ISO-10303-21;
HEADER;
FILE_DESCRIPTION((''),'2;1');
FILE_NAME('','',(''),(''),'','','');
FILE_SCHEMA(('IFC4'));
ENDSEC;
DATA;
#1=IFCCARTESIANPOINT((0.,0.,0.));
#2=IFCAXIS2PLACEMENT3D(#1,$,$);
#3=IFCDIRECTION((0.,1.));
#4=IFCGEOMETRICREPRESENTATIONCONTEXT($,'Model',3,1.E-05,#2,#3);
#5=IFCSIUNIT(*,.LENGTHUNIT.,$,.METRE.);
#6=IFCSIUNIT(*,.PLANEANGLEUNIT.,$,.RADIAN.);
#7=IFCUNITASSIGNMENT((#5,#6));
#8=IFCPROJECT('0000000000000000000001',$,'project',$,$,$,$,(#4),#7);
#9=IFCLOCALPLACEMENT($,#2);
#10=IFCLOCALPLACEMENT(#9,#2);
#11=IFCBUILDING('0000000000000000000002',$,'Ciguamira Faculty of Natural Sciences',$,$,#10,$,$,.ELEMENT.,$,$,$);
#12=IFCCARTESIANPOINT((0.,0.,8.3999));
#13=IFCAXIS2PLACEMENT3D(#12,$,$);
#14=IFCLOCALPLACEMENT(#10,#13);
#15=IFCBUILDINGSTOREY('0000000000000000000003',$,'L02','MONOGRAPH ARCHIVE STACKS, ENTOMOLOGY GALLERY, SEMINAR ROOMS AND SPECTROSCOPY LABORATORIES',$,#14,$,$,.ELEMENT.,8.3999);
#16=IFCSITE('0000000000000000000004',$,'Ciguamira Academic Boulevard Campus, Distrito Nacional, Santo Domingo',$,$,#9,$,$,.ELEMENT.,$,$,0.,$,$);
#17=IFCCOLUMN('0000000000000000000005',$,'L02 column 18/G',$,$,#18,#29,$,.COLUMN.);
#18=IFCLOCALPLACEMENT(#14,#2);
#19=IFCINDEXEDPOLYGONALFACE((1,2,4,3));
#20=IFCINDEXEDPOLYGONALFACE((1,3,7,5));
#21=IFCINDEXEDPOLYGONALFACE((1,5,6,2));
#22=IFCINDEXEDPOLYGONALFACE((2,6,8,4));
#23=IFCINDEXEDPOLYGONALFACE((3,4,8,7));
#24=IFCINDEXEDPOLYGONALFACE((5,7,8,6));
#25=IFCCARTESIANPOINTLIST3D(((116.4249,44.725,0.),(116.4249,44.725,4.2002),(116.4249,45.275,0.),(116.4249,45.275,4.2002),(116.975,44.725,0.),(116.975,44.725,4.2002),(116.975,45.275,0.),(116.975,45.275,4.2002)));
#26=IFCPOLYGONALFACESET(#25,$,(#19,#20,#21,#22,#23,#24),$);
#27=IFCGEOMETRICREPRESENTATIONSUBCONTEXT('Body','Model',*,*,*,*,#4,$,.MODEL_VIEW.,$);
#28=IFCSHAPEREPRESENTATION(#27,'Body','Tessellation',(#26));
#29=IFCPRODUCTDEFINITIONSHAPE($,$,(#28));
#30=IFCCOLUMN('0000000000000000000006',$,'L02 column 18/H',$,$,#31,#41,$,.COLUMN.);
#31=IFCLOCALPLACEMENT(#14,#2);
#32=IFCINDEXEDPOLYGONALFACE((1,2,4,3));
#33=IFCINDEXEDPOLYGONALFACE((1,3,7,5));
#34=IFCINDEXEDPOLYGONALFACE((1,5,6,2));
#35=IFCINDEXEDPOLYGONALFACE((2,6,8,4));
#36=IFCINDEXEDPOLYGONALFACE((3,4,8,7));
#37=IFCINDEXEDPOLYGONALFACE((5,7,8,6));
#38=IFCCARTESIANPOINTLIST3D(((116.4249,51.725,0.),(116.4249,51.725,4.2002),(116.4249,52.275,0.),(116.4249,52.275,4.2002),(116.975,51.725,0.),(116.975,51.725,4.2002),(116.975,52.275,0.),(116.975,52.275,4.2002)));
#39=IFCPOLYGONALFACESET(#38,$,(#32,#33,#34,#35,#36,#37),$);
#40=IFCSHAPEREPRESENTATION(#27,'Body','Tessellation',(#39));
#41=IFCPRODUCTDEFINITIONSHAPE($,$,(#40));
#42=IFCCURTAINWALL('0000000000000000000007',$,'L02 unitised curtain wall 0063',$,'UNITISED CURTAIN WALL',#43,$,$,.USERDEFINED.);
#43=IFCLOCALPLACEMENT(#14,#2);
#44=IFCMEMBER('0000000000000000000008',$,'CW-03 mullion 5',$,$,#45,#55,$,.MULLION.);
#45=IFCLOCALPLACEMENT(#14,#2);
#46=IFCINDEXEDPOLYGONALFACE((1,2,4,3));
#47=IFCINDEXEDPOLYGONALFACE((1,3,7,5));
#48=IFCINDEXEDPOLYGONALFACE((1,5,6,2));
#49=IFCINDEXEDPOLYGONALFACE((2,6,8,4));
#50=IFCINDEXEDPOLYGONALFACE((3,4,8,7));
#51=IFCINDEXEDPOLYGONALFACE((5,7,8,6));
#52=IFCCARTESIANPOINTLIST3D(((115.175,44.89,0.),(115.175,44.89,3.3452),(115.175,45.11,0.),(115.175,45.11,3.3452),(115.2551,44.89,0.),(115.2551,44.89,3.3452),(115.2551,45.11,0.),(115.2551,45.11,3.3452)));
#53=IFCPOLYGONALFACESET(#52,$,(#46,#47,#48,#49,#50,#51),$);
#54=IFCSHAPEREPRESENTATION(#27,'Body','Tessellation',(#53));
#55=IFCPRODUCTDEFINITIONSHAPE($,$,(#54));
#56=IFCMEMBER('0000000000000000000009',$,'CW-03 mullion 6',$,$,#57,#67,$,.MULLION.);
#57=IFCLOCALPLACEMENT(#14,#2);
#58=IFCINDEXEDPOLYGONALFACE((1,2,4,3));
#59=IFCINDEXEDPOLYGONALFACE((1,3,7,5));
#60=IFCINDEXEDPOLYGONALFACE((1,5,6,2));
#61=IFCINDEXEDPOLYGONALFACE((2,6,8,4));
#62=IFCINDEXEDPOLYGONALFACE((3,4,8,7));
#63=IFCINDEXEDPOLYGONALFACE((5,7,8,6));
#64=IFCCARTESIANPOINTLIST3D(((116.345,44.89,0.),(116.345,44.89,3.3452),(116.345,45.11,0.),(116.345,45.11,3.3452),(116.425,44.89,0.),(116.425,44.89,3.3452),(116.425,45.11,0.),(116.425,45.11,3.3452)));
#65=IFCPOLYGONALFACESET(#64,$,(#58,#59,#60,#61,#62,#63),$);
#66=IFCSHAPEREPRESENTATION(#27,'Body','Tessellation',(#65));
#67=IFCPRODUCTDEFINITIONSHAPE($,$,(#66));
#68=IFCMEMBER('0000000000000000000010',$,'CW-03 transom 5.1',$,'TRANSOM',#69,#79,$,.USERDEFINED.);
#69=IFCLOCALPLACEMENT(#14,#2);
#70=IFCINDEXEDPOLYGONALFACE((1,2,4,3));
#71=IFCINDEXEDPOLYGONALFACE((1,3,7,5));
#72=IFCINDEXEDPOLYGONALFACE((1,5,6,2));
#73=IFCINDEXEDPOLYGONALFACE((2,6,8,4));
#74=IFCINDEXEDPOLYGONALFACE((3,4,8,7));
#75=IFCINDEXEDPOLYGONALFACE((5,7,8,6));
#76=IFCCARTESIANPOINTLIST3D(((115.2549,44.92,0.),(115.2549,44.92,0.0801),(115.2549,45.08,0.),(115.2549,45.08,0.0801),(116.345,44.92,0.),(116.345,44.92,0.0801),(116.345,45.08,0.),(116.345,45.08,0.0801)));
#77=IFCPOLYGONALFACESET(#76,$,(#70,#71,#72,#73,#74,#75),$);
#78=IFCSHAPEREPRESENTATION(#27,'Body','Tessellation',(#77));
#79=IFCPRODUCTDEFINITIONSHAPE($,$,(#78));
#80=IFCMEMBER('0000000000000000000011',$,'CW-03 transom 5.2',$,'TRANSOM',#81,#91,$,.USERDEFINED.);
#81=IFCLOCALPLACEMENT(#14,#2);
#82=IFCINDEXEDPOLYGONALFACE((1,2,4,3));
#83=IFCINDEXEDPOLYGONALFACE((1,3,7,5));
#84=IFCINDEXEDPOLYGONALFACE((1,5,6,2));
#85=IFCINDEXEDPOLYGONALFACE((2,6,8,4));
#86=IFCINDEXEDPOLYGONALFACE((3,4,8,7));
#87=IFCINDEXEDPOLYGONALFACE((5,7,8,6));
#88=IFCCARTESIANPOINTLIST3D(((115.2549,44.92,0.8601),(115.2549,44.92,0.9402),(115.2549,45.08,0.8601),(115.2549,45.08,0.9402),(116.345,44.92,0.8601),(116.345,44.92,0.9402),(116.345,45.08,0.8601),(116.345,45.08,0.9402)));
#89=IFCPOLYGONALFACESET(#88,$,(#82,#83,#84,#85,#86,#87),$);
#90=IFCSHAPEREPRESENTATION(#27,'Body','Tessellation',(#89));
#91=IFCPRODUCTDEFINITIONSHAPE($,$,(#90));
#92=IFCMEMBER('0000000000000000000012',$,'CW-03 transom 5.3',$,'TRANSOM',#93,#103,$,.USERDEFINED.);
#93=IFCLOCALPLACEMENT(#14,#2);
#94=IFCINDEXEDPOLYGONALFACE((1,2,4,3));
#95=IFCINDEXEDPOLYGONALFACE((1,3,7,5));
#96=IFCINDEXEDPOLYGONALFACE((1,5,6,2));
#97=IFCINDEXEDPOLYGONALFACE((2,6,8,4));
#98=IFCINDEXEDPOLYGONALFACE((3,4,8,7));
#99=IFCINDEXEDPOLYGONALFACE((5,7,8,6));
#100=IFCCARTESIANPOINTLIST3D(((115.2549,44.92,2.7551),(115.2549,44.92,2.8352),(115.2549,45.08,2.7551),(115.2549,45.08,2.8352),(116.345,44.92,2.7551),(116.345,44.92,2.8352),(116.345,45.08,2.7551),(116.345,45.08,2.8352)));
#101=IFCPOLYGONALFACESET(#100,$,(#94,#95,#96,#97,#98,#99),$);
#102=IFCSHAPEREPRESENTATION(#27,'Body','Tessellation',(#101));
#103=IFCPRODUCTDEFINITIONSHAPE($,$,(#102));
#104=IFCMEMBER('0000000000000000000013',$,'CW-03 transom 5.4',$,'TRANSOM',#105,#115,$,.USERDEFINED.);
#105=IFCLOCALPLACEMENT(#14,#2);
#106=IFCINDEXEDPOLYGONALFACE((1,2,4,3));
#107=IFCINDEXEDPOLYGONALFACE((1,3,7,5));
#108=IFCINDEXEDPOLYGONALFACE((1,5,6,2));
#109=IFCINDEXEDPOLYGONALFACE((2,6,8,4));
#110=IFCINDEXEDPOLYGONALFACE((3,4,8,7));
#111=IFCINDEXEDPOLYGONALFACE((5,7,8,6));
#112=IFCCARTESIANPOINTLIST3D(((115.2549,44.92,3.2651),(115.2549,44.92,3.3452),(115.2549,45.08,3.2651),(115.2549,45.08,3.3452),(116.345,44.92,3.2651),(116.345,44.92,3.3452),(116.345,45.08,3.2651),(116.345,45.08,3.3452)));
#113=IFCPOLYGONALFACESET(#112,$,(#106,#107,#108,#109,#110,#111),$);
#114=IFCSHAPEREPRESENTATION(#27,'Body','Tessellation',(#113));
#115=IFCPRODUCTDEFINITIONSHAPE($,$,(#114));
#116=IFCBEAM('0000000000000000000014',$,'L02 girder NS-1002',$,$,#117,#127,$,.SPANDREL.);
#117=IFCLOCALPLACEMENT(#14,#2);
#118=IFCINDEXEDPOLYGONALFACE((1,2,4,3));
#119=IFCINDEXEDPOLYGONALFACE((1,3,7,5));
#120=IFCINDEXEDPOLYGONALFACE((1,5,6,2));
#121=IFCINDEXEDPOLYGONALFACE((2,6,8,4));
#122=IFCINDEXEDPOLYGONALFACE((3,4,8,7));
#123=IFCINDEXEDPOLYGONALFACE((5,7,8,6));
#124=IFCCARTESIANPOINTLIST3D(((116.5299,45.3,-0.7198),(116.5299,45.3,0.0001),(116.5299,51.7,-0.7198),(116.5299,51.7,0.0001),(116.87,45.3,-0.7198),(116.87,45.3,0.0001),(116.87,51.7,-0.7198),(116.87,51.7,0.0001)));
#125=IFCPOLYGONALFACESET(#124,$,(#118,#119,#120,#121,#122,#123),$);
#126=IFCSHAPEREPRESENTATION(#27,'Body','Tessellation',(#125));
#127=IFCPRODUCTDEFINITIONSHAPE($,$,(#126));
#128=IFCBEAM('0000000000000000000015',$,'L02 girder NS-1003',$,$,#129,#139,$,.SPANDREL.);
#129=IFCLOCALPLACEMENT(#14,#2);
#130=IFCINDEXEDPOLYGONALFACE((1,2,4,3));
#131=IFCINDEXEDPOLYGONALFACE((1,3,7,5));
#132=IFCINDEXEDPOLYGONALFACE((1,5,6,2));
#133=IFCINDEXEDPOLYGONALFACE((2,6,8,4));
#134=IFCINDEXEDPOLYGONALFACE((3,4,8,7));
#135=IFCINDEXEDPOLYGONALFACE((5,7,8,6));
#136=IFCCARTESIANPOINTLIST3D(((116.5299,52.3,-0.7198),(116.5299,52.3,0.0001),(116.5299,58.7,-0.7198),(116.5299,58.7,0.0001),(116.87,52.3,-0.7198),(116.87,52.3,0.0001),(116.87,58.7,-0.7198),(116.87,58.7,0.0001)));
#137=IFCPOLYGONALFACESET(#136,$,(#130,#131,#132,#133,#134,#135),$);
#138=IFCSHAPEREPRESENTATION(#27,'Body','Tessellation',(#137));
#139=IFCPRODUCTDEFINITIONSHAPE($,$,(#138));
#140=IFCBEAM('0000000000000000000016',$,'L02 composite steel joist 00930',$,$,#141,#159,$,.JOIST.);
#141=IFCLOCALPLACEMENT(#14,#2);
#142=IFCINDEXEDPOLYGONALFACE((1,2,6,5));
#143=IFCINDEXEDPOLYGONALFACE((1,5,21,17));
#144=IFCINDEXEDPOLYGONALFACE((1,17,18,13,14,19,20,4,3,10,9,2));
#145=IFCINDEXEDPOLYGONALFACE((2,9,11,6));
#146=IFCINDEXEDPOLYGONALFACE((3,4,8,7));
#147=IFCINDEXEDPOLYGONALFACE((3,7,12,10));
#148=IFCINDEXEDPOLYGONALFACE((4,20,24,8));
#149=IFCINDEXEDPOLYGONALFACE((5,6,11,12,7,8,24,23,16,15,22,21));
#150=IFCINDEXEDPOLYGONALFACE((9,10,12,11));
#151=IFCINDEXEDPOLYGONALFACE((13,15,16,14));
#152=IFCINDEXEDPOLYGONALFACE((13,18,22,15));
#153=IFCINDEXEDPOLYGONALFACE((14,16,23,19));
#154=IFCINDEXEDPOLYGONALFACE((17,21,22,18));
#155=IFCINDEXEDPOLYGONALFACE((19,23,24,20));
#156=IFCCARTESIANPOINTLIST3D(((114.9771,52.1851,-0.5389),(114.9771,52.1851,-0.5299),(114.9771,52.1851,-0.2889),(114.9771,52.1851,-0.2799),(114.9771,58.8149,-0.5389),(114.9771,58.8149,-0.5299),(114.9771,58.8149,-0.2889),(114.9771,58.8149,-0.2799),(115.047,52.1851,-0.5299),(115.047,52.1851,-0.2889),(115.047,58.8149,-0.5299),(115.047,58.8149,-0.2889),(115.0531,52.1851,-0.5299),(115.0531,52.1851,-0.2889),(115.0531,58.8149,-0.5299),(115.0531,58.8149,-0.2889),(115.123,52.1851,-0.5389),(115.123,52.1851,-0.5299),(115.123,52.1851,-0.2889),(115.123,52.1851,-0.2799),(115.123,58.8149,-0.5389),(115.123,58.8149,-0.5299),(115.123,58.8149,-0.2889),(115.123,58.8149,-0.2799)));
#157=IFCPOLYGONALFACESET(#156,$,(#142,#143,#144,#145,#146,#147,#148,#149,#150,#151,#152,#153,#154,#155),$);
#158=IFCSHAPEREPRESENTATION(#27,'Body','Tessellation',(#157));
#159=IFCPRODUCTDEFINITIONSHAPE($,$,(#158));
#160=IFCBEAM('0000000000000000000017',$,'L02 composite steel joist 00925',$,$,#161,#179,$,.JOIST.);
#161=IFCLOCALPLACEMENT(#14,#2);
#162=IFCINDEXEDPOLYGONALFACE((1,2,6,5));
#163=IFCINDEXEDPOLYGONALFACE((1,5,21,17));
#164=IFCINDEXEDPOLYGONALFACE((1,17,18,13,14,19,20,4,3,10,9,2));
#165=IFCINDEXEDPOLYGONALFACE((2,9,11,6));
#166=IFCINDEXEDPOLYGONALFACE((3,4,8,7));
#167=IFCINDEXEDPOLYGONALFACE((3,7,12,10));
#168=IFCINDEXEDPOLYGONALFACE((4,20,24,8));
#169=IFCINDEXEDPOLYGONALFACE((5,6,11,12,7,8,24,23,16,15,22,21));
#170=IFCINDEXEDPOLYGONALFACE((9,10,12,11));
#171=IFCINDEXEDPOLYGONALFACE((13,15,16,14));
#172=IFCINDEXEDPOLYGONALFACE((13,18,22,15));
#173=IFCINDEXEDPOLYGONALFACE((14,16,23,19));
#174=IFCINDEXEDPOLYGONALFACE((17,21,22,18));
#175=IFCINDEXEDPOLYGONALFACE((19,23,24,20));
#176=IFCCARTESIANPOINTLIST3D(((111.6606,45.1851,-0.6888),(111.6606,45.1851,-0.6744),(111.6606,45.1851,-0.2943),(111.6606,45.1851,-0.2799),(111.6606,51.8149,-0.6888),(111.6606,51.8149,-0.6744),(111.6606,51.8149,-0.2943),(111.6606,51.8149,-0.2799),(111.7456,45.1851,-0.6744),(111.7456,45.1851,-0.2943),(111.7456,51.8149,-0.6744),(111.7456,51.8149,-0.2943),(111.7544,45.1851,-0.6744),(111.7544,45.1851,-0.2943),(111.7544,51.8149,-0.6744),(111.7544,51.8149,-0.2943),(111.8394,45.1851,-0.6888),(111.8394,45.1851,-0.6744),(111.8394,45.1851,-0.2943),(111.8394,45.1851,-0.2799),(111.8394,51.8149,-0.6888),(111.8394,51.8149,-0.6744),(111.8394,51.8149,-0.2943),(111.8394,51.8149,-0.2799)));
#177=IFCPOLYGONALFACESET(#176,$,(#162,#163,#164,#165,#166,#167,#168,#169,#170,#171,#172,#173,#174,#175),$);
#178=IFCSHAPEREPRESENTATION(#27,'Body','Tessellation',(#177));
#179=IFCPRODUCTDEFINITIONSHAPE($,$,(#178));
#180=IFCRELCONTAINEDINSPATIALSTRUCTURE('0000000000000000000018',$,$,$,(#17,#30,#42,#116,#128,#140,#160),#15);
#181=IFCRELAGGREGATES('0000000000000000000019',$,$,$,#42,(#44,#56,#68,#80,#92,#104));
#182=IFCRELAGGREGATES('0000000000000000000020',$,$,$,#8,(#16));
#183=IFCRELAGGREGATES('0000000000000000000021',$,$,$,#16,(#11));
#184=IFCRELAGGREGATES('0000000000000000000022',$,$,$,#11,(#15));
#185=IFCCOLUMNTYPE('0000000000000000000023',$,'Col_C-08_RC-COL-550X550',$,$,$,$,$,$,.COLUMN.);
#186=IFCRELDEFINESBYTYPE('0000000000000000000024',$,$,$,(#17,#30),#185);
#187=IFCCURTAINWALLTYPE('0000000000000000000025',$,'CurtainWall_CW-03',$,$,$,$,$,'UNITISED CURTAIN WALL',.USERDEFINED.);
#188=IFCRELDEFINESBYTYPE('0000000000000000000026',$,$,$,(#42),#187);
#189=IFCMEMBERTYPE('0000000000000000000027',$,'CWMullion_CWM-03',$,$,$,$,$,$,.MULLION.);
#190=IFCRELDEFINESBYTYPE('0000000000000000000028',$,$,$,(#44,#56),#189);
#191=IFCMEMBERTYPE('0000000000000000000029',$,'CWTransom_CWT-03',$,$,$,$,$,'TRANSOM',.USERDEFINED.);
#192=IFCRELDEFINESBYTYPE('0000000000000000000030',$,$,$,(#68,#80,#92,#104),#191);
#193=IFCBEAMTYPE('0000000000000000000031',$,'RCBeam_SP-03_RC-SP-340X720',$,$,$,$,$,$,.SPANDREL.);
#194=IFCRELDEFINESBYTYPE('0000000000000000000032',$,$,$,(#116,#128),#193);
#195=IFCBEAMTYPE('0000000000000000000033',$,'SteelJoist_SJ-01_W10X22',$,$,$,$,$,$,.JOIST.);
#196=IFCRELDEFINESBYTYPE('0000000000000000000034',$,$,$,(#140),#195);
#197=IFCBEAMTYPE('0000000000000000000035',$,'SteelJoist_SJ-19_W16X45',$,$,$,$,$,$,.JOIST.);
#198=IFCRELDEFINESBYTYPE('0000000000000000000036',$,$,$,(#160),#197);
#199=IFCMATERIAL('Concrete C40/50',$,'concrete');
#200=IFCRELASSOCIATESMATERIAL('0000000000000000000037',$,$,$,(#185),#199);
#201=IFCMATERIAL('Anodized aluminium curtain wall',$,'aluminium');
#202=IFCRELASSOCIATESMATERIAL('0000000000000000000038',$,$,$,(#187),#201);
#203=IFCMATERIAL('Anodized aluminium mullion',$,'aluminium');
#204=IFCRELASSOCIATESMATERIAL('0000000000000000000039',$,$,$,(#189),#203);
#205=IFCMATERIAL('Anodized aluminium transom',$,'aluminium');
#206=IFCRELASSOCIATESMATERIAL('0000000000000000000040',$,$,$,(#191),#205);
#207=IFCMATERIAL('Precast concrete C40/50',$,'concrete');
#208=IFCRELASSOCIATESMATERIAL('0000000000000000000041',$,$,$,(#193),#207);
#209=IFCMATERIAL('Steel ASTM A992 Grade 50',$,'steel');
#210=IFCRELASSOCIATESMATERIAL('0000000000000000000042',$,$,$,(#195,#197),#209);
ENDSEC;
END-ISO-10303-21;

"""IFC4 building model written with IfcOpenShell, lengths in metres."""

from ifc_helpers import new_model, si_unit, direction, frame, origin, origin_2d, place, context, subcontext, project, spatial, rectangle, i_section, extrude, material, material_profile, profile_set, type_object, element, aggregate, save


model = new_model("IFC4")

# Units and contexts
model_context = context("Model", 3, precision=1e-05, world=origin(), true_north=direction((0.0, 1.0)))
body_context = subcontext(model_context, "Body", "Model", "MODEL_VIEW")
ifc_project = project(units=[si_unit("LENGTHUNIT", "METRE"), si_unit("PLANEANGLEUNIT", "RADIAN")], contexts=[model_context])

# Site, building, storey
site_placement = place(None, origin())
site = spatial("IfcSite", under=ifc_project, at=site_placement, Name="Ciguamira Academic Boulevard Campus, Distrito Nacional, Santo Domingo", CompositionType="ELEMENT", RefElevation=0.0)
building_placement = place(site_placement, origin())
building = spatial("IfcBuilding", under=site, at=building_placement, Name="Ciguamira Faculty of Natural Sciences", CompositionType="ELEMENT")
storey_placement = place(building_placement, frame((0.0, 0.0, 8.3999)))
storey = spatial("IfcBuildingStorey", under=building, at=storey_placement, Name="L02", Description="MONOGRAPH ARCHIVE STACKS, ENTOMOLOGY GALLERY, SEMINAR ROOMS AND SPECTROSCOPY LABORATORIES", CompositionType="ELEMENT", Elevation=8.3999)

# Columns
ifc_material_1 = material(Name="Concrete C40/50", Category="concrete")
ifc_material_profile_1 = material_profile(ifc_material_1, rectangle(XDim=0.55, YDim=0.55, at=origin_2d()), Name="RC-COL-550X550")
ifc_profile_set_1 = profile_set([ifc_material_profile_1], Name="Concrete C40/50")
column_type = type_object("IfcColumnType", Name="Col_C-08_RC-COL-550X550", PredefinedType="COLUMN", material=ifc_profile_set_1)
for number, where, z_axis, x_axis, name in (
    (1, (116.7, 45.0, 0.0), (0.0, 0.0, 1.0), (1.0, 0.0, 0.0), "L02 column 18/G"),
    (2, (116.7, 52.0, 0.0), (0.0, 0.0, 1.0), (1.0, 0.0, 0.0), "L02 column 18/H"),
):
    element("IfcColumn", number, at=place(storey_placement, frame(where, z_axis=z_axis, x_axis=x_axis)), inside=storey, type_object=column_type, Name=name, PredefinedType="COLUMN", context=body_context, shape_type="SweptSolid", body=[
        extrude(rectangle(XDim=0.55, YDim=0.55, at=origin_2d()), origin(), (0.0, 0.0, 1.0), 4.2002),
    ])

# Curtain wall, members
ifc_material_2 = material(Name="Anodized aluminium curtain wall", Category="aluminium")
curtain_wall_type = type_object("IfcCurtainWallType", Name="CurtainWall_CW-03", ElementType="UNITISED CURTAIN WALL", PredefinedType="USERDEFINED", material=ifc_material_2)
curtain_wall_placement = place(storey_placement, origin())
curtain_wall = element("IfcCurtainWall", 3, at=curtain_wall_placement, inside=storey, type_object=curtain_wall_type, Name="L02 unitised curtain wall 0063", ObjectType="UNITISED CURTAIN WALL", PredefinedType="USERDEFINED")
ifc_material_3 = material(Name="Anodized aluminium mullion", Category="aluminium")
ifc_material_profile_2 = material_profile(ifc_material_3, rectangle(XDim=0.0801, YDim=0.22, at=origin_2d()), Name="ALU-MUL-80X220")
ifc_profile_set_2 = profile_set([ifc_material_profile_2], Name="Anodized aluminium mullion")
member_type_1 = type_object("IfcMemberType", Name="CWMullion_CWM-03", PredefinedType="MULLION", material=ifc_profile_set_2)
member_1_placement = place(storey_placement, frame((115.2151, 45.0, 0.0), z_axis=(0.0, 0.0, 1.0), x_axis=(1.0, 0.0, 0.0)))
member_1 = element("IfcMember", 4, at=member_1_placement, type_object=member_type_1, Name="CW-03 mullion 5", PredefinedType="MULLION", context=body_context, shape_type="SweptSolid", body=[
    extrude(rectangle(XDim=0.0801, YDim=0.22, at=origin_2d()), origin(), (0.0, 0.0, 1.0), 3.3452),
])
member_2_placement = place(storey_placement, frame((116.385, 45.0, 0.0), z_axis=(0.0, 0.0, 1.0), x_axis=(1.0, 0.0, 0.0)))
member_2 = element("IfcMember", 5, at=member_2_placement, type_object=member_type_1, Name="CW-03 mullion 6", PredefinedType="MULLION", context=body_context, shape_type="SweptSolid", body=[
    extrude(rectangle(XDim=0.0801, YDim=0.22, at=origin_2d()), origin(), (0.0, 0.0, 1.0), 3.3452),
])
ifc_material_4 = material(Name="Anodized aluminium transom", Category="aluminium")
ifc_material_profile_3 = material_profile(ifc_material_4, rectangle(XDim=0.0801, YDim=0.1599, at=origin_2d()), Name="ALU-TRN-80X160")
ifc_profile_set_3 = profile_set([ifc_material_profile_3], Name="Anodized aluminium transom")
member_type_2 = type_object("IfcMemberType", Name="CWTransom_CWT-03", ElementType="TRANSOM", PredefinedType="USERDEFINED", material=ifc_profile_set_3)
member_3_placement = place(storey_placement, frame((115.2549, 45.0, 0.04), z_axis=(1.0, 0.0, 0.0), x_axis=(0.0, 0.0, 1.0)))
member_3 = element("IfcMember", 6, at=member_3_placement, type_object=member_type_2, Name="CW-03 transom 5.1", ObjectType="TRANSOM", PredefinedType="USERDEFINED", context=body_context, shape_type="SweptSolid", body=[
    extrude(rectangle(XDim=0.0801, YDim=0.1599, at=origin_2d()), origin(), (0.0, 0.0, 1.0), 1.0901),
])
member_4_placement = place(storey_placement, frame((115.2549, 45.0, 0.9001), z_axis=(1.0, 0.0, 0.0), x_axis=(0.0, 0.0, 1.0)))
member_4 = element("IfcMember", 7, at=member_4_placement, type_object=member_type_2, Name="CW-03 transom 5.2", ObjectType="TRANSOM", PredefinedType="USERDEFINED", context=body_context, shape_type="SweptSolid", body=[
    extrude(rectangle(XDim=0.0801, YDim=0.1599, at=origin_2d()), origin(), (0.0, 0.0, 1.0), 1.0901),
])
member_5_placement = place(storey_placement, frame((115.2549, 45.0, 2.7952), z_axis=(1.0, 0.0, 0.0), x_axis=(0.0, 0.0, 1.0)))
member_5 = element("IfcMember", 8, at=member_5_placement, type_object=member_type_2, Name="CW-03 transom 5.3", ObjectType="TRANSOM", PredefinedType="USERDEFINED", context=body_context, shape_type="SweptSolid", body=[
    extrude(rectangle(XDim=0.0801, YDim=0.1599, at=origin_2d()), origin(), (0.0, 0.0, 1.0), 1.0901),
])
member_6_placement = place(storey_placement, frame((115.2549, 45.0, 3.3052), z_axis=(1.0, 0.0, 0.0), x_axis=(0.0, 0.0, 1.0)))
member_6 = element("IfcMember", 9, at=member_6_placement, type_object=member_type_2, Name="CW-03 transom 5.4", ObjectType="TRANSOM", PredefinedType="USERDEFINED", context=body_context, shape_type="SweptSolid", body=[
    extrude(rectangle(XDim=0.0801, YDim=0.1599, at=origin_2d()), origin(), (0.0, 0.0, 1.0), 1.0901),
])

# Beams
ifc_material_5 = material(Name="Precast concrete C40/50", Category="concrete")
ifc_material_profile_4 = material_profile(ifc_material_5, rectangle(XDim=0.3401, YDim=0.72, at=origin_2d()), Name="RC-SP-340X720")
ifc_profile_set_4 = profile_set([ifc_material_profile_4], Name="Precast concrete C40/50")
beam_type_1 = type_object("IfcBeamType", Name="RCBeam_SP-03_RC-SP-340X720", PredefinedType="SPANDREL", material=ifc_profile_set_4)
for number, where, z_axis, x_axis, name in (
    (10, (116.7, 45.3, -0.3599), (0.0, 1.0, 0.0), (-1.0, 0.0, 0.0), "L02 girder NS-1002"),
    (11, (116.7, 52.3, -0.3599), (0.0, 1.0, 0.0), (-1.0, 0.0, 0.0), "L02 girder NS-1003"),
):
    element("IfcBeam", number, at=place(storey_placement, frame(where, z_axis=z_axis, x_axis=x_axis)), inside=storey, type_object=beam_type_1, Name=name, PredefinedType="SPANDREL", context=body_context, shape_type="SweptSolid", body=[
        extrude(rectangle(XDim=0.3401, YDim=0.72, at=origin_2d()), origin(), (0.0, 0.0, 1.0), 6.3999),
    ])
ifc_material_6 = material(Name="Steel ASTM A992 Grade 50", Category="steel")
ifc_material_profile_5 = material_profile(ifc_material_6, i_section(OverallWidth=0.146, OverallDepth=0.259, WebThickness=0.0061, FlangeThickness=0.009, at=origin_2d()), Name="W10X22")
ifc_profile_set_5 = profile_set([ifc_material_profile_5], Name="Steel ASTM A992 Grade 50")
beam_type_2 = type_object("IfcBeamType", Name="SteelJoist_SJ-01_W10X22", PredefinedType="JOIST", material=ifc_profile_set_5)
beam_1_placement = place(storey_placement, frame((115.05, 52.1851, -0.4094), z_axis=(0.0, 1.0, 0.0), x_axis=(-1.0, 0.0, 0.0)))
element("IfcBeam", 12, at=beam_1_placement, inside=storey, type_object=beam_type_2, Name="L02 composite steel joist 00930", PredefinedType="JOIST", context=body_context, shape_type="SweptSolid", body=[
    extrude(i_section(OverallWidth=0.146, OverallDepth=0.259, WebThickness=0.0061, FlangeThickness=0.009, at=origin_2d()), origin(), (0.0, 0.0, 1.0), 6.6299),
])
ifc_material_profile_6 = material_profile(ifc_material_6, i_section(OverallWidth=0.1787, OverallDepth=0.4089, WebThickness=0.0088, FlangeThickness=0.0144, at=origin_2d()), Name="W16X45")
ifc_profile_set_6 = profile_set([ifc_material_profile_6], Name="Steel ASTM A992 Grade 50")
beam_type_3 = type_object("IfcBeamType", Name="SteelJoist_SJ-19_W16X45", PredefinedType="JOIST", material=ifc_profile_set_6)
beam_2_placement = place(storey_placement, frame((111.75, 45.1851, -0.4844), z_axis=(0.0, 1.0, 0.0), x_axis=(-1.0, 0.0, 0.0)))
element("IfcBeam", 13, at=beam_2_placement, inside=storey, type_object=beam_type_3, Name="L02 composite steel joist 00925", PredefinedType="JOIST", context=body_context, shape_type="SweptSolid", body=[
    extrude(i_section(OverallWidth=0.1787, OverallDepth=0.4089, WebThickness=0.0088, FlangeThickness=0.0144, at=origin_2d()), origin(), (0.0, 0.0, 1.0), 6.6299),
])

aggregate(curtain_wall, [member_1, member_2, member_3, member_4, member_5, member_6])

save(model, "model.ifc")
